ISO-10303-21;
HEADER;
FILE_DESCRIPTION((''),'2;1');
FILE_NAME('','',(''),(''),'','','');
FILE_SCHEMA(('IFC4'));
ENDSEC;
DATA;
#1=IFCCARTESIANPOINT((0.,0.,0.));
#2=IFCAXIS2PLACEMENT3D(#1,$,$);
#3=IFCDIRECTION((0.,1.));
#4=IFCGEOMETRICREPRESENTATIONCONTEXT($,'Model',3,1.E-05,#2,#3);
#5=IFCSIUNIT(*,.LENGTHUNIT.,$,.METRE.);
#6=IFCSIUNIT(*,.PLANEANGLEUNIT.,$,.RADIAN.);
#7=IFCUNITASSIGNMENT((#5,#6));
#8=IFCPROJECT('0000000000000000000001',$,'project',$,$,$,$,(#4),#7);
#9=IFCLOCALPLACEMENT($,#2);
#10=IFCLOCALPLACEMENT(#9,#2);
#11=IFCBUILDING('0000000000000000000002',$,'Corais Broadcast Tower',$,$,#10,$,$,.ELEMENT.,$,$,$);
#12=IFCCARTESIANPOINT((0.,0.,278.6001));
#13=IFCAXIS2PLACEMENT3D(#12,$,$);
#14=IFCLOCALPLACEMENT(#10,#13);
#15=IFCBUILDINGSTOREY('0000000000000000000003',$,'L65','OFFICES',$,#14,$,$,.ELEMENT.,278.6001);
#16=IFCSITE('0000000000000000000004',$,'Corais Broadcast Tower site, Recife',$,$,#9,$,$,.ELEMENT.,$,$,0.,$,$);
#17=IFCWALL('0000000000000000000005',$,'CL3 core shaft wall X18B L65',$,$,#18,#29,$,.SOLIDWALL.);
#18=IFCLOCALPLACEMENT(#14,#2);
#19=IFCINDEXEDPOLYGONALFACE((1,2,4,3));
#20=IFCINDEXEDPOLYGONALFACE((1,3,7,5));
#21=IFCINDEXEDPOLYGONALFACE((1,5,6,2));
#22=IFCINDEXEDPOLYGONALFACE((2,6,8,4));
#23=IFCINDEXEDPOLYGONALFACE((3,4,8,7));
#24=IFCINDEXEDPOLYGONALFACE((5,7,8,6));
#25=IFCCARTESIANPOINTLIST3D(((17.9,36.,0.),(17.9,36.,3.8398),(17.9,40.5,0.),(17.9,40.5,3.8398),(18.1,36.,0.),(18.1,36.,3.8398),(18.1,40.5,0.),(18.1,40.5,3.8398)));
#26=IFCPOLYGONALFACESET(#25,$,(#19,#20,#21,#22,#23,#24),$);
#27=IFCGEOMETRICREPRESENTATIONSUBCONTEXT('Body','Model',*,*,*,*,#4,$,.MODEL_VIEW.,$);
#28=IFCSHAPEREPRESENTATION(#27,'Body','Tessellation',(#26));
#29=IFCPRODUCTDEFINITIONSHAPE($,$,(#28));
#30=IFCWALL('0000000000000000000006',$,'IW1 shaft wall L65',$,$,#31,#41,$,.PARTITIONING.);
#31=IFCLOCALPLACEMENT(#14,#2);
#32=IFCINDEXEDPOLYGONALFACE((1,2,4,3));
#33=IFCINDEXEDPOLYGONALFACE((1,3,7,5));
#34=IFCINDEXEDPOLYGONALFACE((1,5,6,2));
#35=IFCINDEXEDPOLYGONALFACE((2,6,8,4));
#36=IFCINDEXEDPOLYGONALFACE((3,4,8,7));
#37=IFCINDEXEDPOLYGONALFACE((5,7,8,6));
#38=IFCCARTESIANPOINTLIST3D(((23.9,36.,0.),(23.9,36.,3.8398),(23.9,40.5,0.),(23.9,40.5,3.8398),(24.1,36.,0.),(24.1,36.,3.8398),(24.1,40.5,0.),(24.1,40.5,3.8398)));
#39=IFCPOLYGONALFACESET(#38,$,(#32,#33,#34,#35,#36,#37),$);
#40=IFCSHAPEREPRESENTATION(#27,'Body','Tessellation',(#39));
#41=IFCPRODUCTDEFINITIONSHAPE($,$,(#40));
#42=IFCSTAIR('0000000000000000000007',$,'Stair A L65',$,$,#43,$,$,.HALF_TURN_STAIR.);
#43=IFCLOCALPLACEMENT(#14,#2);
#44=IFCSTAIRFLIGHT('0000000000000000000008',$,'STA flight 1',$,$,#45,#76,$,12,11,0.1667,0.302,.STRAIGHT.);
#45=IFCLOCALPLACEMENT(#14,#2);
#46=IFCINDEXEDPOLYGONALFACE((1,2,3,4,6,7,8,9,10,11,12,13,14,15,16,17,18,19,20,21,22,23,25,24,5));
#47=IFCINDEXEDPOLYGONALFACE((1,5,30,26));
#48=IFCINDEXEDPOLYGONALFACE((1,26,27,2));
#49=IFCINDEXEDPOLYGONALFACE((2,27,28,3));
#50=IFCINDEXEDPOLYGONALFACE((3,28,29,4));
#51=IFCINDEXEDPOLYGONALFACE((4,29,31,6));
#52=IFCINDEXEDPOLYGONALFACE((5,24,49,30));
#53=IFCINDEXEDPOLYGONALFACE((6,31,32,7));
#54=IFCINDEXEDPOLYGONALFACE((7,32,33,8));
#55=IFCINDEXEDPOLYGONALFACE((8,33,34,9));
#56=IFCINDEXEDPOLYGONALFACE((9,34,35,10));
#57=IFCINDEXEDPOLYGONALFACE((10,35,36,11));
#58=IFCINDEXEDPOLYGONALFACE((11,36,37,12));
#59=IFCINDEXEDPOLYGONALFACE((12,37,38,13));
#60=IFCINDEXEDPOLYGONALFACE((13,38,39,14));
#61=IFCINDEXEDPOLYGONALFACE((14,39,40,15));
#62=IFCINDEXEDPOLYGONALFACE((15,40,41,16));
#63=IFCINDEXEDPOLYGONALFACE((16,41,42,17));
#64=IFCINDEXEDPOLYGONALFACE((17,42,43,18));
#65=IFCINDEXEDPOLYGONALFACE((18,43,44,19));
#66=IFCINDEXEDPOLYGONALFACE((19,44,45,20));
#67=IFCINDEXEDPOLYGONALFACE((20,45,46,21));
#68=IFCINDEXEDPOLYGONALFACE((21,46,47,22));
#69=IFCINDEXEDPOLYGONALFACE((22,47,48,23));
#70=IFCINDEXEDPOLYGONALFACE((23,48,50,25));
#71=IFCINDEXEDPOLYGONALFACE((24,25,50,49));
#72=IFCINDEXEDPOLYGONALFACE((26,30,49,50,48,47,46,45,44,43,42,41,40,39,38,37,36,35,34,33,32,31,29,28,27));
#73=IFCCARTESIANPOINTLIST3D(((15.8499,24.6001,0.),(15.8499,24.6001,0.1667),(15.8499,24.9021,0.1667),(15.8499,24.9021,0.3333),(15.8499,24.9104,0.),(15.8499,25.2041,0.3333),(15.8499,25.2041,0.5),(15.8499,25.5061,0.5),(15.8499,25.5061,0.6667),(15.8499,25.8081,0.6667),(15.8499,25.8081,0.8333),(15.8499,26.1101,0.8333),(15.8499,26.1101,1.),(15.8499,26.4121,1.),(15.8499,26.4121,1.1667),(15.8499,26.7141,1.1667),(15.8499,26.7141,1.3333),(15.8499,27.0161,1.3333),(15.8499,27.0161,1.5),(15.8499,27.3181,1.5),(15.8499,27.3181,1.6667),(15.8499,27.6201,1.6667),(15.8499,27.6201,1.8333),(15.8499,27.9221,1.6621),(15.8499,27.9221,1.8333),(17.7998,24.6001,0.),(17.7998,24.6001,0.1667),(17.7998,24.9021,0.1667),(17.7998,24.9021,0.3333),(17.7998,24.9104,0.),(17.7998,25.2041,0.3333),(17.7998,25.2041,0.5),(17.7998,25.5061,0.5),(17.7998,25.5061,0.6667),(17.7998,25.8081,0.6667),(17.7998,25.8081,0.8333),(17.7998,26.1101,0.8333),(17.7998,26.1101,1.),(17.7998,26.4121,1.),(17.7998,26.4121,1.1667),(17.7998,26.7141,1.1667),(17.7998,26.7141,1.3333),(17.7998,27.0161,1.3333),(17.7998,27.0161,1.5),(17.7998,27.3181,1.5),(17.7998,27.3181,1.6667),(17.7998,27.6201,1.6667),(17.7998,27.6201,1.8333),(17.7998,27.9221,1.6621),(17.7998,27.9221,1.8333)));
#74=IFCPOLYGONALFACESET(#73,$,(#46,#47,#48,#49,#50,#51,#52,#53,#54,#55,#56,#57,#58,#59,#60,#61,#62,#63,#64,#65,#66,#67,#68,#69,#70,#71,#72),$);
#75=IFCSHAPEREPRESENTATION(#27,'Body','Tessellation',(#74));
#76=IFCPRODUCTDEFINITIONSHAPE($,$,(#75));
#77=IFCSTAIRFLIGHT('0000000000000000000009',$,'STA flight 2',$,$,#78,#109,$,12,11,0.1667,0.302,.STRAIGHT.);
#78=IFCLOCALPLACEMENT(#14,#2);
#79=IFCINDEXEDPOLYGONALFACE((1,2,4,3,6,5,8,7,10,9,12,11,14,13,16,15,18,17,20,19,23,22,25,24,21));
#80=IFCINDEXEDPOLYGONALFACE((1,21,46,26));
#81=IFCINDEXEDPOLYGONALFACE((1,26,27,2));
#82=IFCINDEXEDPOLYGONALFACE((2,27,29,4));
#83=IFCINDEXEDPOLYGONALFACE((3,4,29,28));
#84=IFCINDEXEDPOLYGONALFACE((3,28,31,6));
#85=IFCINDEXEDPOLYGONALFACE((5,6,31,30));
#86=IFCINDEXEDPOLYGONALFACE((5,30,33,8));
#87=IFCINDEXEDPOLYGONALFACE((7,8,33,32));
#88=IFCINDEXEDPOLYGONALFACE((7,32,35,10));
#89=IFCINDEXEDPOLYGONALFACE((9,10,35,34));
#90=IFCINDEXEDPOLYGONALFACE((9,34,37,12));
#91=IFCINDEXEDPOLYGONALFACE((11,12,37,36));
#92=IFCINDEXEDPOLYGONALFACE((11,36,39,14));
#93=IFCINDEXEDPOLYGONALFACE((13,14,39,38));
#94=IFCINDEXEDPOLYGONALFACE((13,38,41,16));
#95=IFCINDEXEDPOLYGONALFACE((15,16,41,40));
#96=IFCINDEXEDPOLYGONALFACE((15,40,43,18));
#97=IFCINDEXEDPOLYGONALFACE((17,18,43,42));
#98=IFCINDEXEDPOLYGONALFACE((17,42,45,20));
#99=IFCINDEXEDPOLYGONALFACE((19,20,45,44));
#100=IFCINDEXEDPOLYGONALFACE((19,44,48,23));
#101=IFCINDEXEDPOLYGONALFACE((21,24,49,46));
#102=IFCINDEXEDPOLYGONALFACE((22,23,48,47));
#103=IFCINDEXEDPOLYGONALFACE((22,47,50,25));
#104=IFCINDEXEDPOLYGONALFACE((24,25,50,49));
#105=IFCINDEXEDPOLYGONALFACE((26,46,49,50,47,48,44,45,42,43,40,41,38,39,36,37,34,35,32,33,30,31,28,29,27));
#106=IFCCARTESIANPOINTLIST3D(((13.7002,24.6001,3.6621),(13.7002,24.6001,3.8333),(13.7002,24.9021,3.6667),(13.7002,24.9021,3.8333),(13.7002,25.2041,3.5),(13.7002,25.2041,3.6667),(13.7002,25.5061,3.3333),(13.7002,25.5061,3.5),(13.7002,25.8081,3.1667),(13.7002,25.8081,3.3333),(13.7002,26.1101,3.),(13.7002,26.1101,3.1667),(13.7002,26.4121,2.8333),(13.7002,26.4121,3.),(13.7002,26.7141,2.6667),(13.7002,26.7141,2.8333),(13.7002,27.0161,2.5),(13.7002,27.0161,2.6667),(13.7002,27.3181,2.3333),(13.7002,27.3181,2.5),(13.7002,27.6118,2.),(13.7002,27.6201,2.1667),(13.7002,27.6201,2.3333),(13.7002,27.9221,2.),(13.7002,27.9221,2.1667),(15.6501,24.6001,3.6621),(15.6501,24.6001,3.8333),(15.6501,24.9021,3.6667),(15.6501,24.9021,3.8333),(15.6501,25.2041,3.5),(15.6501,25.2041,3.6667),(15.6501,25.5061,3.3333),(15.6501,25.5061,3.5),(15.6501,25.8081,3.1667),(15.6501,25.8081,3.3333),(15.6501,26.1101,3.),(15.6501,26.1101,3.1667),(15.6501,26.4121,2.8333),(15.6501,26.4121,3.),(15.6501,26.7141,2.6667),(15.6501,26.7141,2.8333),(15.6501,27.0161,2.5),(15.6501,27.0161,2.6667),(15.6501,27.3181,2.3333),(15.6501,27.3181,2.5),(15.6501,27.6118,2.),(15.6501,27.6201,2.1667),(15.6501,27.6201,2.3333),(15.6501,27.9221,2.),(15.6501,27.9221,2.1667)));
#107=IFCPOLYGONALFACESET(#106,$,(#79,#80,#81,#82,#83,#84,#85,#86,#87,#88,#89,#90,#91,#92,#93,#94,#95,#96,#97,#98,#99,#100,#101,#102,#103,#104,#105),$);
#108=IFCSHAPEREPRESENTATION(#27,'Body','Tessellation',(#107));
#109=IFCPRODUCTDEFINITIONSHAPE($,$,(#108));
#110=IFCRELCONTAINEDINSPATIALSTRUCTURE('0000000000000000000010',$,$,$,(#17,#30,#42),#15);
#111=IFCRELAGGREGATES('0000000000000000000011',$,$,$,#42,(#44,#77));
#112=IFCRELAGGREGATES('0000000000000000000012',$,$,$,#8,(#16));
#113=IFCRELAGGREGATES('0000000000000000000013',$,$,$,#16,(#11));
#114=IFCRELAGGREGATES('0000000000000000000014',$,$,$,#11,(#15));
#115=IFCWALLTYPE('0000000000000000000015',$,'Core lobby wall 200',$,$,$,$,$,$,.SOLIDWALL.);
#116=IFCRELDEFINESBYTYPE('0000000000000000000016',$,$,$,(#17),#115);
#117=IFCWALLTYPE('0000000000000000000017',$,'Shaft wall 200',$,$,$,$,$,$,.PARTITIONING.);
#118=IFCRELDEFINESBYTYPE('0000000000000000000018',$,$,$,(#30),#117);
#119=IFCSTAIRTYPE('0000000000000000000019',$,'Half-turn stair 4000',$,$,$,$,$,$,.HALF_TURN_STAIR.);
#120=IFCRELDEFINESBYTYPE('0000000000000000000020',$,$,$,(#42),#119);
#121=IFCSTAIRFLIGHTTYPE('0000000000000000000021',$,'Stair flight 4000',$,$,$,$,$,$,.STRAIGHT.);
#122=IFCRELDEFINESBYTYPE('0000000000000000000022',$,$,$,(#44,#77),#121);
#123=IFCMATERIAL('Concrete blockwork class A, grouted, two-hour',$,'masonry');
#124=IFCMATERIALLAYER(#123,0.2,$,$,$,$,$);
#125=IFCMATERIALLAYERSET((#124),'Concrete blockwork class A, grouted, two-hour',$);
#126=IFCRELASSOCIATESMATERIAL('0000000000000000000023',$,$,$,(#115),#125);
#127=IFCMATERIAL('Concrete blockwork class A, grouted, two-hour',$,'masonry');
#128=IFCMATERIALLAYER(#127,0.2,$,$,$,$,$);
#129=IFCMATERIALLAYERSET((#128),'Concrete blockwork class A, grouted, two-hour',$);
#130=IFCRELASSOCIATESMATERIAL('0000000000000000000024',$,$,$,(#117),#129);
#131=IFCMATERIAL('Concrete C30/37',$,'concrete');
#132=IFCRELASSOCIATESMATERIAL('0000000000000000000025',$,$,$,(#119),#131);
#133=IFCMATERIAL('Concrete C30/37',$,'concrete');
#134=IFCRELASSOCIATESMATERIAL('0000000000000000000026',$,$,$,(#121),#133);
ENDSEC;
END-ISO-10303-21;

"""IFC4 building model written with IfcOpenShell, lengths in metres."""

from ifc_helpers import new_model, si_unit, direction, frame, frame_2d, origin, place, context, subcontext, project, spatial, polyline, rectangle, outline, extrude, material, layer, layer_set, type_object, element, aggregate, save


model = new_model("IFC4")

# Units and contexts
model_context = context("Model", 3, precision=1e-05, world=origin(), true_north=direction((0.0, 1.0)))
body_context = subcontext(model_context, "Body", "Model", "MODEL_VIEW")
ifc_project = project(units=[si_unit("LENGTHUNIT", "METRE"), si_unit("PLANEANGLEUNIT", "RADIAN")], contexts=[model_context])

# Site, building, storey
site_placement = place(None, origin())
site = spatial("IfcSite", under=ifc_project, at=site_placement, Name="Corais Broadcast Tower site, Recife", CompositionType="ELEMENT", RefElevation=0.0)
building_placement = place(site_placement, origin())
building = spatial("IfcBuilding", under=site, at=building_placement, Name="Corais Broadcast Tower", CompositionType="ELEMENT")
storey_placement = place(building_placement, frame((0.0, 0.0, 278.6001)))
storey = spatial("IfcBuildingStorey", under=building, at=storey_placement, Name="L65", Description="OFFICES", CompositionType="ELEMENT", Elevation=278.6001)

# Walls
ifc_material_1 = material(Name="Concrete blockwork class A, grouted, two-hour", Category="masonry")
ifc_layer_1 = layer(ifc_material_1, 0.2)
ifc_layer_set_1 = layer_set([ifc_layer_1], Name="Concrete blockwork class A, grouted, two-hour")
wall_type_1 = type_object("IfcWallType", Name="Core lobby wall 200", PredefinedType="SOLIDWALL", material=ifc_layer_set_1)
wall_1_placement = place(storey_placement, frame((18.0, 36.0, 0.0), z_axis=(0.0, 0.0, 1.0), x_axis=(0.0, 1.0, 0.0)))
element("IfcWall", 1, at=wall_1_placement, inside=storey, type_object=wall_type_1, Name="CL3 core shaft wall X18B L65", PredefinedType="SOLIDWALL", context=body_context, shape_type="SweptSolid", body=[
    extrude(rectangle(XDim=4.5, YDim=0.2, at=frame_2d((2.25, 0.0))), origin(), (0.0, 0.0, 1.0), 3.8398),
])
ifc_material_2 = material(Name="Concrete blockwork class A, grouted, two-hour", Category="masonry")
ifc_layer_2 = layer(ifc_material_2, 0.2)
ifc_layer_set_2 = layer_set([ifc_layer_2], Name="Concrete blockwork class A, grouted, two-hour")
wall_type_2 = type_object("IfcWallType", Name="Shaft wall 200", PredefinedType="PARTITIONING", material=ifc_layer_set_2)
wall_2_placement = place(storey_placement, frame((24.0, 36.0, 0.0), z_axis=(0.0, 0.0, 1.0), x_axis=(0.0, 1.0, 0.0)))
element("IfcWall", 2, at=wall_2_placement, inside=storey, type_object=wall_type_2, Name="IW1 shaft wall L65", PredefinedType="PARTITIONING", context=body_context, shape_type="SweptSolid", body=[
    extrude(rectangle(XDim=4.5, YDim=0.2, at=frame_2d((2.25, 0.0))), origin(), (0.0, 0.0, 1.0), 3.8398),
])

# Stair, stair flights
ifc_material_3 = material(Name="Concrete C30/37", Category="concrete")
stair_type = type_object("IfcStairType", Name="Half-turn stair 4000", PredefinedType="HALF_TURN_STAIR", material=ifc_material_3)
stair_placement = place(storey_placement, origin())
stair = element("IfcStair", 3, at=stair_placement, inside=storey, type_object=stair_type, Name="Stair A L65", PredefinedType="HALF_TURN_STAIR")
ifc_material_4 = material(Name="Concrete C30/37", Category="concrete")
stair_flight_type = type_object("IfcStairFlightType", Name="Stair flight 4000", PredefinedType="STRAIGHT", material=ifc_material_4)
stair_flight_1_placement = place(storey_placement, frame((16.825, 24.6001, 0.0), z_axis=(0.0, 0.0, 1.0), x_axis=(0.0, 1.0, 0.0)))
stair_flight_1 = element("IfcStairFlight", 4, at=stair_flight_1_placement, type_object=stair_flight_type, Name="STA flight 1", NumberOfRisers=12, NumberOfTreads=11, PredefinedType="STRAIGHT", RiserHeight=0.1667, TreadLength=0.302, context=body_context, shape_type="SweptSolid", body=[
    extrude(outline(polyline([(0.0, 0.0), (0.0, 0.1667), (0.302, 0.1667), (0.302, 0.3333), (0.604, 0.3333), (0.604, 0.5), (0.906, 0.5), (0.906, 0.6667), (1.208, 0.6667), (1.208, 0.8333), (1.51, 0.8333), (1.51, 1.0), (1.812, 1.0), (1.812, 1.1667), (2.114, 1.1667), (2.114, 1.3333), (2.416, 1.3333), (2.416, 1.5), (2.718, 1.5), (2.718, 1.6667), (3.02, 1.6667), (3.02, 1.8333), (3.322, 1.8333), (3.322, 2.0), (3.322, 1.6621), (0.3103, 0.0), (0.0, 0.0)])), frame((0.0, 0.9751, 0.0), z_axis=(0.0, -1.0, 0.0), x_axis=(1.0, 0.0, 0.0)), (0.0, 0.0, 1.0), 1.95),
])
stair_flight_2_placement = place(storey_placement, frame((14.675, 27.9221, 2.0), z_axis=(0.0, 0.0, 1.0), x_axis=(0.0, -1.0, 0.0)))
stair_flight_2 = element("IfcStairFlight", 5, at=stair_flight_2_placement, type_object=stair_flight_type, Name="STA flight 2", NumberOfRisers=12, NumberOfTreads=11, PredefinedType="STRAIGHT", RiserHeight=0.1667, TreadLength=0.302, context=body_context, shape_type="SweptSolid", body=[
    extrude(outline(polyline([(0.0, 0.0), (0.0, 0.1667), (0.302, 0.1667), (0.302, 0.3333), (0.604, 0.3333), (0.604, 0.5), (0.906, 0.5), (0.906, 0.6667), (1.208, 0.6667), (1.208, 0.8333), (1.51, 0.8333), (1.51, 1.0), (1.812, 1.0), (1.812, 1.1667), (2.114, 1.1667), (2.114, 1.3333), (2.416, 1.3333), (2.416, 1.5), (2.718, 1.5), (2.718, 1.6667), (3.02, 1.6667), (3.02, 1.8333), (3.322, 1.8333), (3.322, 2.0), (3.322, 1.6621), (0.3103, 0.0), (0.0, 0.0)])), frame((0.0, 0.9751, 0.0), z_axis=(0.0, -1.0, 0.0), x_axis=(1.0, 0.0, 0.0)), (0.0, 0.0, 1.0), 1.95),
])
aggregate(stair, [stair_flight_1, stair_flight_2])

save(model, "model.ifc")
